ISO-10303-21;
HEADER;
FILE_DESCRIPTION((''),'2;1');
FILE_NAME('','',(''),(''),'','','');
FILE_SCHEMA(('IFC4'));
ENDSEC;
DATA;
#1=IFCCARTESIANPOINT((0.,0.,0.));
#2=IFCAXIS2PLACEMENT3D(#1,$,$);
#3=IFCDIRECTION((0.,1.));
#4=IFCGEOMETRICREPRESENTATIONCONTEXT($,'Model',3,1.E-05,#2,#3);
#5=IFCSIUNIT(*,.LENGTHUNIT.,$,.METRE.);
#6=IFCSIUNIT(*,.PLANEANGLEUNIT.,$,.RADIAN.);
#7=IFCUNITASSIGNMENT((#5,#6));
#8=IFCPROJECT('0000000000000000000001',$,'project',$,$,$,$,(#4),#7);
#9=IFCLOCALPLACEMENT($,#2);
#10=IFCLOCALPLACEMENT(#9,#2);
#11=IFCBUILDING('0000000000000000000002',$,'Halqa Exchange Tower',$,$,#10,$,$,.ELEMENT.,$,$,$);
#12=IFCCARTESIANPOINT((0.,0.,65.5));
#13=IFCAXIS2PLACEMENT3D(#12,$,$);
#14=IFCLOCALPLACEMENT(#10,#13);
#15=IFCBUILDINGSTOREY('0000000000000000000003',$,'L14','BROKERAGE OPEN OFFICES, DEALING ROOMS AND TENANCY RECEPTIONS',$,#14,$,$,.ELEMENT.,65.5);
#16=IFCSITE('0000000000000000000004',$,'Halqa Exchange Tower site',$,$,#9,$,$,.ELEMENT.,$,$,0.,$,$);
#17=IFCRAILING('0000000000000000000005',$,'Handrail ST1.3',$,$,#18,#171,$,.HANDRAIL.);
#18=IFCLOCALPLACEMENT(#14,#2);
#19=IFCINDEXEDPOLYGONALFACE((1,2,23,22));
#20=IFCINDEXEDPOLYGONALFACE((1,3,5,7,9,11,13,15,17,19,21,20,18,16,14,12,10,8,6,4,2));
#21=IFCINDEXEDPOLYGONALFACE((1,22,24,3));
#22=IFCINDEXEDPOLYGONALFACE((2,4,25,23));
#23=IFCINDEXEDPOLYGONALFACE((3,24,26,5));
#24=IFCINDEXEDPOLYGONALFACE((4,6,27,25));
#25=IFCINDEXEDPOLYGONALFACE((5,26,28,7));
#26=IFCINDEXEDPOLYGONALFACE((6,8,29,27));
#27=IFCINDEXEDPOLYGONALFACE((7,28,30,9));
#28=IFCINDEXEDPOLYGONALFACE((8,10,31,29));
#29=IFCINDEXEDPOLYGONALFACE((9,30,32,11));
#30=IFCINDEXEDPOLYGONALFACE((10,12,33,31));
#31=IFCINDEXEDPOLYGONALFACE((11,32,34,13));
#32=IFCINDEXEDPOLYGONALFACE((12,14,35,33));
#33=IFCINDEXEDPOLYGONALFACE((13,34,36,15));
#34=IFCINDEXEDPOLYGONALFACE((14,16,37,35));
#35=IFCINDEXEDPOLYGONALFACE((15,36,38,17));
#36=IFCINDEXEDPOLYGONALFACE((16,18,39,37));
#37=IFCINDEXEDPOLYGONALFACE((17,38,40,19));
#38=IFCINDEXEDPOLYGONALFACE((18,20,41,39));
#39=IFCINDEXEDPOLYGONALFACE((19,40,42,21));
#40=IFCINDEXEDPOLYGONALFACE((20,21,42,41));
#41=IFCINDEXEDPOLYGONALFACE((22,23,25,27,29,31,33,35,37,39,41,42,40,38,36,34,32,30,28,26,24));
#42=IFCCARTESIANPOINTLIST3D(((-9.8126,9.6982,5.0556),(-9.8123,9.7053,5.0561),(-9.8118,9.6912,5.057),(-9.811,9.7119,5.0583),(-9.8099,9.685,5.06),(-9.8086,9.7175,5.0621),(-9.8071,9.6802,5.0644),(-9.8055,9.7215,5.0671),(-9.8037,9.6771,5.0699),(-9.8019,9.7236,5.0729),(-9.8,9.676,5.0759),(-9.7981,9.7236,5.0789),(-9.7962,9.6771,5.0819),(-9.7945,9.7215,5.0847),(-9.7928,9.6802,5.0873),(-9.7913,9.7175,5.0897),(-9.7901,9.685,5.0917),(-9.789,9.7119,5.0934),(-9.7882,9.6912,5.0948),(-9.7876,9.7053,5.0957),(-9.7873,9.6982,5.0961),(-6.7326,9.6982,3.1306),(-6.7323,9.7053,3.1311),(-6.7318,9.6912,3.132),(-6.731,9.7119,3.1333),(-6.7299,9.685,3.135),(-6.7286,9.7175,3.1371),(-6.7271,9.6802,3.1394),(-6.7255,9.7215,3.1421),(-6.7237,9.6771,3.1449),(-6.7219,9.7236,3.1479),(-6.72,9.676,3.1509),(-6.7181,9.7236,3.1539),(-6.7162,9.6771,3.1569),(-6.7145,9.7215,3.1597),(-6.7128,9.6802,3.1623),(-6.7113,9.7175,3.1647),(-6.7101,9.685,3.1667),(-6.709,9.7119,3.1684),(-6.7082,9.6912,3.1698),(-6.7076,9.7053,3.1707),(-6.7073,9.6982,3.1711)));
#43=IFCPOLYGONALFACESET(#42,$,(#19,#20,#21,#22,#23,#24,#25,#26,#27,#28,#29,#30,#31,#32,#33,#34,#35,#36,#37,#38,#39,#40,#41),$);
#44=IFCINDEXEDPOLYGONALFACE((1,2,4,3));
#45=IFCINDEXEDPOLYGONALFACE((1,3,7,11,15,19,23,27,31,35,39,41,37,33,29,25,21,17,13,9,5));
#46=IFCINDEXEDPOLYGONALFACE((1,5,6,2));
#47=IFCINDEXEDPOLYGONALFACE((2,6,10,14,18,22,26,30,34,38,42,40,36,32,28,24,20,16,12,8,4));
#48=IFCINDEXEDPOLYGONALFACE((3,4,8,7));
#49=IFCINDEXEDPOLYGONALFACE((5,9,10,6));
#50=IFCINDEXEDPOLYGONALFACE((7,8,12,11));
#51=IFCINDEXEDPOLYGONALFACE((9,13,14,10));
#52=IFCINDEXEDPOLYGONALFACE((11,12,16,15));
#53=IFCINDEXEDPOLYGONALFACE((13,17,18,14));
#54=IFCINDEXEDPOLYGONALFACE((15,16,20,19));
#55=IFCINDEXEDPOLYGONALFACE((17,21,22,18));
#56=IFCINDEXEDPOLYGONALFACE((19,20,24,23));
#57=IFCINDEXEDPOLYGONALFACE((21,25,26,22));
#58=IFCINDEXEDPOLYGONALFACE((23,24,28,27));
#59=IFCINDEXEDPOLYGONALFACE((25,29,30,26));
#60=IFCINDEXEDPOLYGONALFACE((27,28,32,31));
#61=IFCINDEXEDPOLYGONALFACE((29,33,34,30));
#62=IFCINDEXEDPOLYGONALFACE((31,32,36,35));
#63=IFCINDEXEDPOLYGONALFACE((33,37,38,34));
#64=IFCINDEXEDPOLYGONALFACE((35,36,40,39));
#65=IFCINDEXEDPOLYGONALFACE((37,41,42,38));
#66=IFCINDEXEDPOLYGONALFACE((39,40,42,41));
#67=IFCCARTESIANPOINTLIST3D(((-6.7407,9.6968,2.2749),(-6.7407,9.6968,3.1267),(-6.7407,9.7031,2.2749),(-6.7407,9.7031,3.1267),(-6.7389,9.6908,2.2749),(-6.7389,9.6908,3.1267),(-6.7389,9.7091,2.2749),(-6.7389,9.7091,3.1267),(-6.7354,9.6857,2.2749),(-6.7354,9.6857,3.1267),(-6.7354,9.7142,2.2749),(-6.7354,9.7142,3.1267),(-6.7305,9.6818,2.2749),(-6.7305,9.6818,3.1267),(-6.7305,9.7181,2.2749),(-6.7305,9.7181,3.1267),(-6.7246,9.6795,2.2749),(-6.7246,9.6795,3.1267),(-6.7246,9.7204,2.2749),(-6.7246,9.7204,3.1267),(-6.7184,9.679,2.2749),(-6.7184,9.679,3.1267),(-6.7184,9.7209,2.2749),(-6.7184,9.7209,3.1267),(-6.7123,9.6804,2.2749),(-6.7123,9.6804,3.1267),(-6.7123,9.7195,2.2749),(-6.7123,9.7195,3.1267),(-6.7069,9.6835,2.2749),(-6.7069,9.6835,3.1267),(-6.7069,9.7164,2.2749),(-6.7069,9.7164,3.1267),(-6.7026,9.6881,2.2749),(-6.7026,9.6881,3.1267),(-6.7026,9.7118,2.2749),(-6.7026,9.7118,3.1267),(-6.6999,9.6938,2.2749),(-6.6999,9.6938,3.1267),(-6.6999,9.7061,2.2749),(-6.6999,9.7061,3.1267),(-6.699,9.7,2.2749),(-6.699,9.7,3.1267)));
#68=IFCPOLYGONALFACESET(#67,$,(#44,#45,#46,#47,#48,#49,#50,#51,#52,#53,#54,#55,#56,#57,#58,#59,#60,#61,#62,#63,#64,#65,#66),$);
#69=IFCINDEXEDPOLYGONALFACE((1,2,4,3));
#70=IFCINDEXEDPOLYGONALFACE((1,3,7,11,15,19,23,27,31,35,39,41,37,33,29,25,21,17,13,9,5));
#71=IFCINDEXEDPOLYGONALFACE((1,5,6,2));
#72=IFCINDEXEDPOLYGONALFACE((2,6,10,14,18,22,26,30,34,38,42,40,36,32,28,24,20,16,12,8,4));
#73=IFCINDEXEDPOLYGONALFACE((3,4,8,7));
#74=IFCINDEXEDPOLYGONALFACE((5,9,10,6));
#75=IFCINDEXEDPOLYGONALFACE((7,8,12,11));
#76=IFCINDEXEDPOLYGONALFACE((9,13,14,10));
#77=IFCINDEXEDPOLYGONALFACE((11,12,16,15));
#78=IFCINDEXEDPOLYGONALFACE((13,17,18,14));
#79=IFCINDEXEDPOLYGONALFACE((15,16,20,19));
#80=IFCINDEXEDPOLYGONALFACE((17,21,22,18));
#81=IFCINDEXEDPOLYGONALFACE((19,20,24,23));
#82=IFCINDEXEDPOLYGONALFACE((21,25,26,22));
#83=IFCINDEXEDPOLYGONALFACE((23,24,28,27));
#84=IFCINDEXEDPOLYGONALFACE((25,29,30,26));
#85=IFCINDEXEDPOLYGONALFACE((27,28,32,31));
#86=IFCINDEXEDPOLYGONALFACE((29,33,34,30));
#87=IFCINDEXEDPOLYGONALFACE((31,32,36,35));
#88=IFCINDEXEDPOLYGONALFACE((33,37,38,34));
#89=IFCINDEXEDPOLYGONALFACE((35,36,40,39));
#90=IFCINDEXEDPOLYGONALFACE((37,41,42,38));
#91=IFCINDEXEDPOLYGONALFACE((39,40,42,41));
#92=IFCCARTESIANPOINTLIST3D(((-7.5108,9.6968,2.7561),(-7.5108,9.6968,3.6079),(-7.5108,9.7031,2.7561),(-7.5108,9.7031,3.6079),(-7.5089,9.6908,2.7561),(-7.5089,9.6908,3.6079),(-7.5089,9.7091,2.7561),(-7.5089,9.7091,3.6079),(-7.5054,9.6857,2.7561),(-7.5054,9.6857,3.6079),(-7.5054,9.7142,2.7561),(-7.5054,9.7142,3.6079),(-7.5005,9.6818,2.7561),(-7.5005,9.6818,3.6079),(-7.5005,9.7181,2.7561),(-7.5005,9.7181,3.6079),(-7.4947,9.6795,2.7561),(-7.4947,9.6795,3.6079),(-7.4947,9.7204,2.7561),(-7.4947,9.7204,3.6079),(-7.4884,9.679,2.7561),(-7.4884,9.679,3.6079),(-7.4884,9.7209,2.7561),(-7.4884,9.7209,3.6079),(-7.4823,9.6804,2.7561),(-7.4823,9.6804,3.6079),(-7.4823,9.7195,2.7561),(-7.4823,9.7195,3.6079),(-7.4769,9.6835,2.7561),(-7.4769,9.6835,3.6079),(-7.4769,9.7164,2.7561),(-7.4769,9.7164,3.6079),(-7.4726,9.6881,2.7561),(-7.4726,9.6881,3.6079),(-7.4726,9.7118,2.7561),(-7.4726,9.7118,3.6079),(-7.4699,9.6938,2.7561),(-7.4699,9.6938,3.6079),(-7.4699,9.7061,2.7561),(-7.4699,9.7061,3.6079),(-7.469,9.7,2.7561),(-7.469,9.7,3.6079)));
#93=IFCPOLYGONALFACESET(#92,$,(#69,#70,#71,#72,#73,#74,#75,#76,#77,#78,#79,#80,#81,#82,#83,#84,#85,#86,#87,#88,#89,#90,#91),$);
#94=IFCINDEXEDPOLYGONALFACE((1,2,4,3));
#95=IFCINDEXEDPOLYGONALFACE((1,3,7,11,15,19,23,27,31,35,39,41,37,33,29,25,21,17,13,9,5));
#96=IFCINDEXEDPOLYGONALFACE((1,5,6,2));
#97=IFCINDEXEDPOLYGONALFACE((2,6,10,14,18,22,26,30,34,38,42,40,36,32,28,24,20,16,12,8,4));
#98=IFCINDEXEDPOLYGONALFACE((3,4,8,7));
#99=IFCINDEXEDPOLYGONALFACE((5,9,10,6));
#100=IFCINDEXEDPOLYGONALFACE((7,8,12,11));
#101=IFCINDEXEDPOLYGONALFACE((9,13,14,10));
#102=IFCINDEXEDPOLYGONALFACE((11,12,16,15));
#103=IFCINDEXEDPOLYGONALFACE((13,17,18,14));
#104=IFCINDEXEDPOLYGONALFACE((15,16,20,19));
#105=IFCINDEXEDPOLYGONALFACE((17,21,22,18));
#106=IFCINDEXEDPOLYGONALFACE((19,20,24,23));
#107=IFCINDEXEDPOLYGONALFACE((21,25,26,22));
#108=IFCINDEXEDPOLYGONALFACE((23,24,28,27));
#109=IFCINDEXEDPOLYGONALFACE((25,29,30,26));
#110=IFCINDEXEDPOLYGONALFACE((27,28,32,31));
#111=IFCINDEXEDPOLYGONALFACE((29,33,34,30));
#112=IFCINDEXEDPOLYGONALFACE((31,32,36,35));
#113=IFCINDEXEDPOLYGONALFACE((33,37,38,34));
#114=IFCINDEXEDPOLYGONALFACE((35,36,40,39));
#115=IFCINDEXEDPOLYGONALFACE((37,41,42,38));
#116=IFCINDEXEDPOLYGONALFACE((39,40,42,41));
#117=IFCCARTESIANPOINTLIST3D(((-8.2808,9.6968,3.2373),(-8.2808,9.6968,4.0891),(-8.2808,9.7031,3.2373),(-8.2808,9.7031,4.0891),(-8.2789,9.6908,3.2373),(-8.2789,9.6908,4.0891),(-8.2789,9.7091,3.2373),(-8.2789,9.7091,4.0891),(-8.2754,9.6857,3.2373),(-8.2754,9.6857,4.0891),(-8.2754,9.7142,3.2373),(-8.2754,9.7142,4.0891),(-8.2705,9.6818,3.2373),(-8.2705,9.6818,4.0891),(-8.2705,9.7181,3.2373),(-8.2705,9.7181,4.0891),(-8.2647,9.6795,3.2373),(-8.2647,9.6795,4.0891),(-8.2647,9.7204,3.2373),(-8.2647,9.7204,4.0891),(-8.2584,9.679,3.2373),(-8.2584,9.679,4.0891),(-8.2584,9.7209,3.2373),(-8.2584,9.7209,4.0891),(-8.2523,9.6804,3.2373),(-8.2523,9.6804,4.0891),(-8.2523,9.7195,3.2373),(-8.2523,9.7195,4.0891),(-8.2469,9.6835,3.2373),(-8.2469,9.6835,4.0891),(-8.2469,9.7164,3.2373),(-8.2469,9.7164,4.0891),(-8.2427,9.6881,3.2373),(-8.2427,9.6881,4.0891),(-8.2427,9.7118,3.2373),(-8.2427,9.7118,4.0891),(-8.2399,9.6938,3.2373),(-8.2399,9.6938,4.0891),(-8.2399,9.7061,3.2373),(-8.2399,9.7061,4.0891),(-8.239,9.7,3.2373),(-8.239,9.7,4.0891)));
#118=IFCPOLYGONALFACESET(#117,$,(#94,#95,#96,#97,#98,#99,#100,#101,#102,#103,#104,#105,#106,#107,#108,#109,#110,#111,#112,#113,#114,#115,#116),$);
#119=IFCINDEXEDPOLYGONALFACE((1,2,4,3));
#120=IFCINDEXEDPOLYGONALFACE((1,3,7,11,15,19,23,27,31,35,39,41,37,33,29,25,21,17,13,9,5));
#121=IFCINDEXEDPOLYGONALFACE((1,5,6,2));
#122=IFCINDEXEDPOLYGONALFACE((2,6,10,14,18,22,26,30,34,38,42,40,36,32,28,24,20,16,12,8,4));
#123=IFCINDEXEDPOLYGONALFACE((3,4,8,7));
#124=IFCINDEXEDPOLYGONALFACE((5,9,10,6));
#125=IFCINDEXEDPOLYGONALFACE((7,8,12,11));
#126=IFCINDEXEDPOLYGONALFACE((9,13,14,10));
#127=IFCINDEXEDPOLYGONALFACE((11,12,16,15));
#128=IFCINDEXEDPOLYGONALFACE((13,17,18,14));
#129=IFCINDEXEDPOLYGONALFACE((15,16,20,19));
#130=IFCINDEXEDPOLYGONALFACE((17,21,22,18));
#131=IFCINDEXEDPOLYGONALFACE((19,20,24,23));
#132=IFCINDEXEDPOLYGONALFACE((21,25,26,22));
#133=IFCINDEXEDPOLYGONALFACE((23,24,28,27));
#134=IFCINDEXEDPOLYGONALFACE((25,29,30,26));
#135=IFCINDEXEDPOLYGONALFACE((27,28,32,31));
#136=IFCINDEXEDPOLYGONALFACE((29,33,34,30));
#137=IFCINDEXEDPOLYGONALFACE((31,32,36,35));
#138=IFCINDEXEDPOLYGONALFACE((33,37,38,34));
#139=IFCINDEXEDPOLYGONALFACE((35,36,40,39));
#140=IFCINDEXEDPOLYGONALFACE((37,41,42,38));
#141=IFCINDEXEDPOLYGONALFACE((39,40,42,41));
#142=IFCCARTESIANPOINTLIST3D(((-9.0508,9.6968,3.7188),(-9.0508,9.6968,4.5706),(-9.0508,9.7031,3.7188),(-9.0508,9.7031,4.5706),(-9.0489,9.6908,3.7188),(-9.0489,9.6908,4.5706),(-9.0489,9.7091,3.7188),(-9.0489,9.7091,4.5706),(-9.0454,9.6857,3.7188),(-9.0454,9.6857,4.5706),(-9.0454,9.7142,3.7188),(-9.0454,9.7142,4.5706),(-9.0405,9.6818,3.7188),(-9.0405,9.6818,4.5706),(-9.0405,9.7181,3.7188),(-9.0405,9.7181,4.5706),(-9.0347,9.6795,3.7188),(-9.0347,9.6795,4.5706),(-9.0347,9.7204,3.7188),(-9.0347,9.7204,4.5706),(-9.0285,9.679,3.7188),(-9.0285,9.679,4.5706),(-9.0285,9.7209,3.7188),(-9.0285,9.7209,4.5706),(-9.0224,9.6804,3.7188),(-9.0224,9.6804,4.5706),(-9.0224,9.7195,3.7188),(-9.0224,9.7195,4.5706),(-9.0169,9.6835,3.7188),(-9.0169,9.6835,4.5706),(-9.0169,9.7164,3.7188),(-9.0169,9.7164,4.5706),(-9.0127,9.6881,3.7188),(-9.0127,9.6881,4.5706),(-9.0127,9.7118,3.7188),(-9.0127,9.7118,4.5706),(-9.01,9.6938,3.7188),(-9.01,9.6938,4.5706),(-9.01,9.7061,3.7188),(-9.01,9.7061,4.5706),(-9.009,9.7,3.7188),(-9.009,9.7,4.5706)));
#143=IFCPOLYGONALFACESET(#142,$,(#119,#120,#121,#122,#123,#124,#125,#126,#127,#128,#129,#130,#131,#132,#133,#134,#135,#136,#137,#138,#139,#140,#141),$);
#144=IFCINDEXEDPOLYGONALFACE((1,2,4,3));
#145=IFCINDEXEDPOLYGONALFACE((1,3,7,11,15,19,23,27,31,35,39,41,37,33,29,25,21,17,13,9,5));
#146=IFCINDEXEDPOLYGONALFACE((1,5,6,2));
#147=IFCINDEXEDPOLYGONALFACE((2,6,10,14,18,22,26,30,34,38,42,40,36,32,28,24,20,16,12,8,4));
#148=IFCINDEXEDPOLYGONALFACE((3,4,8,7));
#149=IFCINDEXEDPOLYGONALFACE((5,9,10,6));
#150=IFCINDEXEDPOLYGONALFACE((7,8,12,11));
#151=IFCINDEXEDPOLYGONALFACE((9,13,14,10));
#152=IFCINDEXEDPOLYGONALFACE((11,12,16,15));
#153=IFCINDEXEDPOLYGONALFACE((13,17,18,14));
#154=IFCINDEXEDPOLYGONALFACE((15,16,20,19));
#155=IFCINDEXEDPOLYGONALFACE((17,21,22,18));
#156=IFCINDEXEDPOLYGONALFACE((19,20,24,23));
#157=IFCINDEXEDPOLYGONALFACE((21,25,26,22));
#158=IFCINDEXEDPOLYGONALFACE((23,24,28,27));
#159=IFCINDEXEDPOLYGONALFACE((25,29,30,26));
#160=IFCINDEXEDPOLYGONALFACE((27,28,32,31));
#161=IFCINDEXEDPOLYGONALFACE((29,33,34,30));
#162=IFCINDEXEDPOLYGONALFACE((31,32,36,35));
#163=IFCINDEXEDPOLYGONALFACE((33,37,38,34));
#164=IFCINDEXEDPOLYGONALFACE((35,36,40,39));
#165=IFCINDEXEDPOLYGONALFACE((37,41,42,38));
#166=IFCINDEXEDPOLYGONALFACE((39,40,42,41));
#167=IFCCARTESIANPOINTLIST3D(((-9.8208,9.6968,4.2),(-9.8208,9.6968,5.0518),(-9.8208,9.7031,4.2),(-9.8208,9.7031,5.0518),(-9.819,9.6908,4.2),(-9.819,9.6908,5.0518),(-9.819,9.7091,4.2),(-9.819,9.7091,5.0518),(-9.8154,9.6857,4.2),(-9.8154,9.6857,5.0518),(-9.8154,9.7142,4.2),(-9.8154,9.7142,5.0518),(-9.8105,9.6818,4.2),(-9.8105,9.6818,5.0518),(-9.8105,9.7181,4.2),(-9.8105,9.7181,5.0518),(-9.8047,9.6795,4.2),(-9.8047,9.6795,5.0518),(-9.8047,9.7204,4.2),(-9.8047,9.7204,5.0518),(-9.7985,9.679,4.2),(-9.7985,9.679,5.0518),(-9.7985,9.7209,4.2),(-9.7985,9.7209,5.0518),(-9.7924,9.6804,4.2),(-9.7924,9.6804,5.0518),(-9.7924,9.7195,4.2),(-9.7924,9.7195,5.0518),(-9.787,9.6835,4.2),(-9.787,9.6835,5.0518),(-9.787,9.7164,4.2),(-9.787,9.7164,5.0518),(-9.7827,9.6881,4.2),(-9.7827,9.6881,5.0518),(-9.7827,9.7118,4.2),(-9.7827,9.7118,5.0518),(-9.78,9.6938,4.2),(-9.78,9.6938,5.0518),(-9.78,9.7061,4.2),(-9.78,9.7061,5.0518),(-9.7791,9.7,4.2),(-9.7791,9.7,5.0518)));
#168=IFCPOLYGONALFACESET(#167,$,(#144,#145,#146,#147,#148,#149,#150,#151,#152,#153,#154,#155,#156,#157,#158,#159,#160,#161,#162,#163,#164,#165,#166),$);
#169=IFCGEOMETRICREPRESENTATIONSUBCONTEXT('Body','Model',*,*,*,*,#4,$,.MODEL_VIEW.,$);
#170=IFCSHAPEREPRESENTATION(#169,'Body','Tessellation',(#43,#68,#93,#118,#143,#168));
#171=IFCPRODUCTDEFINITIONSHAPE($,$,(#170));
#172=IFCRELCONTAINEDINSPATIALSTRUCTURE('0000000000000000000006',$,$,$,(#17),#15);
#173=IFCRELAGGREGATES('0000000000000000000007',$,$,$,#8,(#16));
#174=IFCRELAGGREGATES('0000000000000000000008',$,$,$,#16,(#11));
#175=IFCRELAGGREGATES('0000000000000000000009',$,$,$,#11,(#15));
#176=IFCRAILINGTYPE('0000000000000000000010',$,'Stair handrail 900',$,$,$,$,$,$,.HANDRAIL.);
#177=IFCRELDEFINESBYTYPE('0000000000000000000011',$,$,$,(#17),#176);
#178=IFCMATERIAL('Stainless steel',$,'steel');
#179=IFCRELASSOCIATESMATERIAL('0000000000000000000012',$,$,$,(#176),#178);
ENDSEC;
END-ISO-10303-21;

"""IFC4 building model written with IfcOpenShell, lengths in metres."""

from ifc_helpers import new_model, si_unit, direction, frame, origin, origin_2d, place, context, subcontext, project, spatial, circle, extrude, material, type_object, element, save


model = new_model("IFC4")

# Units and contexts
model_context = context("Model", 3, precision=1e-05, world=origin(), true_north=direction((0.0, 1.0)))
body_context = subcontext(model_context, "Body", "Model", "MODEL_VIEW")
ifc_project = project(units=[si_unit("LENGTHUNIT", "METRE"), si_unit("PLANEANGLEUNIT", "RADIAN")], contexts=[model_context])

# Site, building, storey
site_placement = place(None, origin())
site = spatial("IfcSite", under=ifc_project, at=site_placement, Name="Halqa Exchange Tower site", CompositionType="ELEMENT", RefElevation=0.0)
building_placement = place(site_placement, origin())
building = spatial("IfcBuilding", under=site, at=building_placement, Name="Halqa Exchange Tower", CompositionType="ELEMENT")
storey_placement = place(building_placement, frame((0.0, 0.0, 65.5)))
storey = spatial("IfcBuildingStorey", under=building, at=storey_placement, Name="L14", Description="BROKERAGE OPEN OFFICES, DEALING ROOMS AND TENANCY RECEPTIONS", CompositionType="ELEMENT", Elevation=65.5)

# Railing
ifc_material_1 = material(Name="Stainless steel", Category="steel")
railing_type_1 = type_object("IfcRailingType", Name="Stair handrail 900", PredefinedType="HANDRAIL", material=ifc_material_1)
railing_1_placement = place(storey_placement, frame((-6.72, 9.7, 2.2749)))
element("IfcRailing", 1, at=railing_1_placement, inside=storey, type_object=railing_type_1, Name="Handrail ST1.3", PredefinedType="HANDRAIL", context=body_context, shape_type="SweptSolid", body=[
    extrude(circle(Radius=0.0239, at=origin_2d()), frame((0.0, 0.0, 0.876), z_axis=(-0.847998, 0.0, 0.529999), x_axis=(0.0, -1.0, 0.0)), (0.0, 0.0, 1.0), 3.6321),
    extrude(circle(Radius=0.021, at=origin_2d()), origin(), (0.0, 0.0, 1.0), 0.8518),
    extrude(circle(Radius=0.021, at=origin_2d()), frame((-0.77, 0.0, 0.4812)), (0.0, 0.0, 1.0), 0.8518),
    extrude(circle(Radius=0.021, at=origin_2d()), frame((-1.54, 0.0, 0.9624)), (0.0, 0.0, 1.0), 0.8518),
    extrude(circle(Radius=0.021, at=origin_2d()), frame((-2.3101, 0.0, 1.4438)), (0.0, 0.0, 1.0), 0.8518),
    extrude(circle(Radius=0.021, at=origin_2d()), frame((-3.0801, 0.0, 1.925)), (0.0, 0.0, 1.0), 0.8518),
])

save(model, "model.ifc")
